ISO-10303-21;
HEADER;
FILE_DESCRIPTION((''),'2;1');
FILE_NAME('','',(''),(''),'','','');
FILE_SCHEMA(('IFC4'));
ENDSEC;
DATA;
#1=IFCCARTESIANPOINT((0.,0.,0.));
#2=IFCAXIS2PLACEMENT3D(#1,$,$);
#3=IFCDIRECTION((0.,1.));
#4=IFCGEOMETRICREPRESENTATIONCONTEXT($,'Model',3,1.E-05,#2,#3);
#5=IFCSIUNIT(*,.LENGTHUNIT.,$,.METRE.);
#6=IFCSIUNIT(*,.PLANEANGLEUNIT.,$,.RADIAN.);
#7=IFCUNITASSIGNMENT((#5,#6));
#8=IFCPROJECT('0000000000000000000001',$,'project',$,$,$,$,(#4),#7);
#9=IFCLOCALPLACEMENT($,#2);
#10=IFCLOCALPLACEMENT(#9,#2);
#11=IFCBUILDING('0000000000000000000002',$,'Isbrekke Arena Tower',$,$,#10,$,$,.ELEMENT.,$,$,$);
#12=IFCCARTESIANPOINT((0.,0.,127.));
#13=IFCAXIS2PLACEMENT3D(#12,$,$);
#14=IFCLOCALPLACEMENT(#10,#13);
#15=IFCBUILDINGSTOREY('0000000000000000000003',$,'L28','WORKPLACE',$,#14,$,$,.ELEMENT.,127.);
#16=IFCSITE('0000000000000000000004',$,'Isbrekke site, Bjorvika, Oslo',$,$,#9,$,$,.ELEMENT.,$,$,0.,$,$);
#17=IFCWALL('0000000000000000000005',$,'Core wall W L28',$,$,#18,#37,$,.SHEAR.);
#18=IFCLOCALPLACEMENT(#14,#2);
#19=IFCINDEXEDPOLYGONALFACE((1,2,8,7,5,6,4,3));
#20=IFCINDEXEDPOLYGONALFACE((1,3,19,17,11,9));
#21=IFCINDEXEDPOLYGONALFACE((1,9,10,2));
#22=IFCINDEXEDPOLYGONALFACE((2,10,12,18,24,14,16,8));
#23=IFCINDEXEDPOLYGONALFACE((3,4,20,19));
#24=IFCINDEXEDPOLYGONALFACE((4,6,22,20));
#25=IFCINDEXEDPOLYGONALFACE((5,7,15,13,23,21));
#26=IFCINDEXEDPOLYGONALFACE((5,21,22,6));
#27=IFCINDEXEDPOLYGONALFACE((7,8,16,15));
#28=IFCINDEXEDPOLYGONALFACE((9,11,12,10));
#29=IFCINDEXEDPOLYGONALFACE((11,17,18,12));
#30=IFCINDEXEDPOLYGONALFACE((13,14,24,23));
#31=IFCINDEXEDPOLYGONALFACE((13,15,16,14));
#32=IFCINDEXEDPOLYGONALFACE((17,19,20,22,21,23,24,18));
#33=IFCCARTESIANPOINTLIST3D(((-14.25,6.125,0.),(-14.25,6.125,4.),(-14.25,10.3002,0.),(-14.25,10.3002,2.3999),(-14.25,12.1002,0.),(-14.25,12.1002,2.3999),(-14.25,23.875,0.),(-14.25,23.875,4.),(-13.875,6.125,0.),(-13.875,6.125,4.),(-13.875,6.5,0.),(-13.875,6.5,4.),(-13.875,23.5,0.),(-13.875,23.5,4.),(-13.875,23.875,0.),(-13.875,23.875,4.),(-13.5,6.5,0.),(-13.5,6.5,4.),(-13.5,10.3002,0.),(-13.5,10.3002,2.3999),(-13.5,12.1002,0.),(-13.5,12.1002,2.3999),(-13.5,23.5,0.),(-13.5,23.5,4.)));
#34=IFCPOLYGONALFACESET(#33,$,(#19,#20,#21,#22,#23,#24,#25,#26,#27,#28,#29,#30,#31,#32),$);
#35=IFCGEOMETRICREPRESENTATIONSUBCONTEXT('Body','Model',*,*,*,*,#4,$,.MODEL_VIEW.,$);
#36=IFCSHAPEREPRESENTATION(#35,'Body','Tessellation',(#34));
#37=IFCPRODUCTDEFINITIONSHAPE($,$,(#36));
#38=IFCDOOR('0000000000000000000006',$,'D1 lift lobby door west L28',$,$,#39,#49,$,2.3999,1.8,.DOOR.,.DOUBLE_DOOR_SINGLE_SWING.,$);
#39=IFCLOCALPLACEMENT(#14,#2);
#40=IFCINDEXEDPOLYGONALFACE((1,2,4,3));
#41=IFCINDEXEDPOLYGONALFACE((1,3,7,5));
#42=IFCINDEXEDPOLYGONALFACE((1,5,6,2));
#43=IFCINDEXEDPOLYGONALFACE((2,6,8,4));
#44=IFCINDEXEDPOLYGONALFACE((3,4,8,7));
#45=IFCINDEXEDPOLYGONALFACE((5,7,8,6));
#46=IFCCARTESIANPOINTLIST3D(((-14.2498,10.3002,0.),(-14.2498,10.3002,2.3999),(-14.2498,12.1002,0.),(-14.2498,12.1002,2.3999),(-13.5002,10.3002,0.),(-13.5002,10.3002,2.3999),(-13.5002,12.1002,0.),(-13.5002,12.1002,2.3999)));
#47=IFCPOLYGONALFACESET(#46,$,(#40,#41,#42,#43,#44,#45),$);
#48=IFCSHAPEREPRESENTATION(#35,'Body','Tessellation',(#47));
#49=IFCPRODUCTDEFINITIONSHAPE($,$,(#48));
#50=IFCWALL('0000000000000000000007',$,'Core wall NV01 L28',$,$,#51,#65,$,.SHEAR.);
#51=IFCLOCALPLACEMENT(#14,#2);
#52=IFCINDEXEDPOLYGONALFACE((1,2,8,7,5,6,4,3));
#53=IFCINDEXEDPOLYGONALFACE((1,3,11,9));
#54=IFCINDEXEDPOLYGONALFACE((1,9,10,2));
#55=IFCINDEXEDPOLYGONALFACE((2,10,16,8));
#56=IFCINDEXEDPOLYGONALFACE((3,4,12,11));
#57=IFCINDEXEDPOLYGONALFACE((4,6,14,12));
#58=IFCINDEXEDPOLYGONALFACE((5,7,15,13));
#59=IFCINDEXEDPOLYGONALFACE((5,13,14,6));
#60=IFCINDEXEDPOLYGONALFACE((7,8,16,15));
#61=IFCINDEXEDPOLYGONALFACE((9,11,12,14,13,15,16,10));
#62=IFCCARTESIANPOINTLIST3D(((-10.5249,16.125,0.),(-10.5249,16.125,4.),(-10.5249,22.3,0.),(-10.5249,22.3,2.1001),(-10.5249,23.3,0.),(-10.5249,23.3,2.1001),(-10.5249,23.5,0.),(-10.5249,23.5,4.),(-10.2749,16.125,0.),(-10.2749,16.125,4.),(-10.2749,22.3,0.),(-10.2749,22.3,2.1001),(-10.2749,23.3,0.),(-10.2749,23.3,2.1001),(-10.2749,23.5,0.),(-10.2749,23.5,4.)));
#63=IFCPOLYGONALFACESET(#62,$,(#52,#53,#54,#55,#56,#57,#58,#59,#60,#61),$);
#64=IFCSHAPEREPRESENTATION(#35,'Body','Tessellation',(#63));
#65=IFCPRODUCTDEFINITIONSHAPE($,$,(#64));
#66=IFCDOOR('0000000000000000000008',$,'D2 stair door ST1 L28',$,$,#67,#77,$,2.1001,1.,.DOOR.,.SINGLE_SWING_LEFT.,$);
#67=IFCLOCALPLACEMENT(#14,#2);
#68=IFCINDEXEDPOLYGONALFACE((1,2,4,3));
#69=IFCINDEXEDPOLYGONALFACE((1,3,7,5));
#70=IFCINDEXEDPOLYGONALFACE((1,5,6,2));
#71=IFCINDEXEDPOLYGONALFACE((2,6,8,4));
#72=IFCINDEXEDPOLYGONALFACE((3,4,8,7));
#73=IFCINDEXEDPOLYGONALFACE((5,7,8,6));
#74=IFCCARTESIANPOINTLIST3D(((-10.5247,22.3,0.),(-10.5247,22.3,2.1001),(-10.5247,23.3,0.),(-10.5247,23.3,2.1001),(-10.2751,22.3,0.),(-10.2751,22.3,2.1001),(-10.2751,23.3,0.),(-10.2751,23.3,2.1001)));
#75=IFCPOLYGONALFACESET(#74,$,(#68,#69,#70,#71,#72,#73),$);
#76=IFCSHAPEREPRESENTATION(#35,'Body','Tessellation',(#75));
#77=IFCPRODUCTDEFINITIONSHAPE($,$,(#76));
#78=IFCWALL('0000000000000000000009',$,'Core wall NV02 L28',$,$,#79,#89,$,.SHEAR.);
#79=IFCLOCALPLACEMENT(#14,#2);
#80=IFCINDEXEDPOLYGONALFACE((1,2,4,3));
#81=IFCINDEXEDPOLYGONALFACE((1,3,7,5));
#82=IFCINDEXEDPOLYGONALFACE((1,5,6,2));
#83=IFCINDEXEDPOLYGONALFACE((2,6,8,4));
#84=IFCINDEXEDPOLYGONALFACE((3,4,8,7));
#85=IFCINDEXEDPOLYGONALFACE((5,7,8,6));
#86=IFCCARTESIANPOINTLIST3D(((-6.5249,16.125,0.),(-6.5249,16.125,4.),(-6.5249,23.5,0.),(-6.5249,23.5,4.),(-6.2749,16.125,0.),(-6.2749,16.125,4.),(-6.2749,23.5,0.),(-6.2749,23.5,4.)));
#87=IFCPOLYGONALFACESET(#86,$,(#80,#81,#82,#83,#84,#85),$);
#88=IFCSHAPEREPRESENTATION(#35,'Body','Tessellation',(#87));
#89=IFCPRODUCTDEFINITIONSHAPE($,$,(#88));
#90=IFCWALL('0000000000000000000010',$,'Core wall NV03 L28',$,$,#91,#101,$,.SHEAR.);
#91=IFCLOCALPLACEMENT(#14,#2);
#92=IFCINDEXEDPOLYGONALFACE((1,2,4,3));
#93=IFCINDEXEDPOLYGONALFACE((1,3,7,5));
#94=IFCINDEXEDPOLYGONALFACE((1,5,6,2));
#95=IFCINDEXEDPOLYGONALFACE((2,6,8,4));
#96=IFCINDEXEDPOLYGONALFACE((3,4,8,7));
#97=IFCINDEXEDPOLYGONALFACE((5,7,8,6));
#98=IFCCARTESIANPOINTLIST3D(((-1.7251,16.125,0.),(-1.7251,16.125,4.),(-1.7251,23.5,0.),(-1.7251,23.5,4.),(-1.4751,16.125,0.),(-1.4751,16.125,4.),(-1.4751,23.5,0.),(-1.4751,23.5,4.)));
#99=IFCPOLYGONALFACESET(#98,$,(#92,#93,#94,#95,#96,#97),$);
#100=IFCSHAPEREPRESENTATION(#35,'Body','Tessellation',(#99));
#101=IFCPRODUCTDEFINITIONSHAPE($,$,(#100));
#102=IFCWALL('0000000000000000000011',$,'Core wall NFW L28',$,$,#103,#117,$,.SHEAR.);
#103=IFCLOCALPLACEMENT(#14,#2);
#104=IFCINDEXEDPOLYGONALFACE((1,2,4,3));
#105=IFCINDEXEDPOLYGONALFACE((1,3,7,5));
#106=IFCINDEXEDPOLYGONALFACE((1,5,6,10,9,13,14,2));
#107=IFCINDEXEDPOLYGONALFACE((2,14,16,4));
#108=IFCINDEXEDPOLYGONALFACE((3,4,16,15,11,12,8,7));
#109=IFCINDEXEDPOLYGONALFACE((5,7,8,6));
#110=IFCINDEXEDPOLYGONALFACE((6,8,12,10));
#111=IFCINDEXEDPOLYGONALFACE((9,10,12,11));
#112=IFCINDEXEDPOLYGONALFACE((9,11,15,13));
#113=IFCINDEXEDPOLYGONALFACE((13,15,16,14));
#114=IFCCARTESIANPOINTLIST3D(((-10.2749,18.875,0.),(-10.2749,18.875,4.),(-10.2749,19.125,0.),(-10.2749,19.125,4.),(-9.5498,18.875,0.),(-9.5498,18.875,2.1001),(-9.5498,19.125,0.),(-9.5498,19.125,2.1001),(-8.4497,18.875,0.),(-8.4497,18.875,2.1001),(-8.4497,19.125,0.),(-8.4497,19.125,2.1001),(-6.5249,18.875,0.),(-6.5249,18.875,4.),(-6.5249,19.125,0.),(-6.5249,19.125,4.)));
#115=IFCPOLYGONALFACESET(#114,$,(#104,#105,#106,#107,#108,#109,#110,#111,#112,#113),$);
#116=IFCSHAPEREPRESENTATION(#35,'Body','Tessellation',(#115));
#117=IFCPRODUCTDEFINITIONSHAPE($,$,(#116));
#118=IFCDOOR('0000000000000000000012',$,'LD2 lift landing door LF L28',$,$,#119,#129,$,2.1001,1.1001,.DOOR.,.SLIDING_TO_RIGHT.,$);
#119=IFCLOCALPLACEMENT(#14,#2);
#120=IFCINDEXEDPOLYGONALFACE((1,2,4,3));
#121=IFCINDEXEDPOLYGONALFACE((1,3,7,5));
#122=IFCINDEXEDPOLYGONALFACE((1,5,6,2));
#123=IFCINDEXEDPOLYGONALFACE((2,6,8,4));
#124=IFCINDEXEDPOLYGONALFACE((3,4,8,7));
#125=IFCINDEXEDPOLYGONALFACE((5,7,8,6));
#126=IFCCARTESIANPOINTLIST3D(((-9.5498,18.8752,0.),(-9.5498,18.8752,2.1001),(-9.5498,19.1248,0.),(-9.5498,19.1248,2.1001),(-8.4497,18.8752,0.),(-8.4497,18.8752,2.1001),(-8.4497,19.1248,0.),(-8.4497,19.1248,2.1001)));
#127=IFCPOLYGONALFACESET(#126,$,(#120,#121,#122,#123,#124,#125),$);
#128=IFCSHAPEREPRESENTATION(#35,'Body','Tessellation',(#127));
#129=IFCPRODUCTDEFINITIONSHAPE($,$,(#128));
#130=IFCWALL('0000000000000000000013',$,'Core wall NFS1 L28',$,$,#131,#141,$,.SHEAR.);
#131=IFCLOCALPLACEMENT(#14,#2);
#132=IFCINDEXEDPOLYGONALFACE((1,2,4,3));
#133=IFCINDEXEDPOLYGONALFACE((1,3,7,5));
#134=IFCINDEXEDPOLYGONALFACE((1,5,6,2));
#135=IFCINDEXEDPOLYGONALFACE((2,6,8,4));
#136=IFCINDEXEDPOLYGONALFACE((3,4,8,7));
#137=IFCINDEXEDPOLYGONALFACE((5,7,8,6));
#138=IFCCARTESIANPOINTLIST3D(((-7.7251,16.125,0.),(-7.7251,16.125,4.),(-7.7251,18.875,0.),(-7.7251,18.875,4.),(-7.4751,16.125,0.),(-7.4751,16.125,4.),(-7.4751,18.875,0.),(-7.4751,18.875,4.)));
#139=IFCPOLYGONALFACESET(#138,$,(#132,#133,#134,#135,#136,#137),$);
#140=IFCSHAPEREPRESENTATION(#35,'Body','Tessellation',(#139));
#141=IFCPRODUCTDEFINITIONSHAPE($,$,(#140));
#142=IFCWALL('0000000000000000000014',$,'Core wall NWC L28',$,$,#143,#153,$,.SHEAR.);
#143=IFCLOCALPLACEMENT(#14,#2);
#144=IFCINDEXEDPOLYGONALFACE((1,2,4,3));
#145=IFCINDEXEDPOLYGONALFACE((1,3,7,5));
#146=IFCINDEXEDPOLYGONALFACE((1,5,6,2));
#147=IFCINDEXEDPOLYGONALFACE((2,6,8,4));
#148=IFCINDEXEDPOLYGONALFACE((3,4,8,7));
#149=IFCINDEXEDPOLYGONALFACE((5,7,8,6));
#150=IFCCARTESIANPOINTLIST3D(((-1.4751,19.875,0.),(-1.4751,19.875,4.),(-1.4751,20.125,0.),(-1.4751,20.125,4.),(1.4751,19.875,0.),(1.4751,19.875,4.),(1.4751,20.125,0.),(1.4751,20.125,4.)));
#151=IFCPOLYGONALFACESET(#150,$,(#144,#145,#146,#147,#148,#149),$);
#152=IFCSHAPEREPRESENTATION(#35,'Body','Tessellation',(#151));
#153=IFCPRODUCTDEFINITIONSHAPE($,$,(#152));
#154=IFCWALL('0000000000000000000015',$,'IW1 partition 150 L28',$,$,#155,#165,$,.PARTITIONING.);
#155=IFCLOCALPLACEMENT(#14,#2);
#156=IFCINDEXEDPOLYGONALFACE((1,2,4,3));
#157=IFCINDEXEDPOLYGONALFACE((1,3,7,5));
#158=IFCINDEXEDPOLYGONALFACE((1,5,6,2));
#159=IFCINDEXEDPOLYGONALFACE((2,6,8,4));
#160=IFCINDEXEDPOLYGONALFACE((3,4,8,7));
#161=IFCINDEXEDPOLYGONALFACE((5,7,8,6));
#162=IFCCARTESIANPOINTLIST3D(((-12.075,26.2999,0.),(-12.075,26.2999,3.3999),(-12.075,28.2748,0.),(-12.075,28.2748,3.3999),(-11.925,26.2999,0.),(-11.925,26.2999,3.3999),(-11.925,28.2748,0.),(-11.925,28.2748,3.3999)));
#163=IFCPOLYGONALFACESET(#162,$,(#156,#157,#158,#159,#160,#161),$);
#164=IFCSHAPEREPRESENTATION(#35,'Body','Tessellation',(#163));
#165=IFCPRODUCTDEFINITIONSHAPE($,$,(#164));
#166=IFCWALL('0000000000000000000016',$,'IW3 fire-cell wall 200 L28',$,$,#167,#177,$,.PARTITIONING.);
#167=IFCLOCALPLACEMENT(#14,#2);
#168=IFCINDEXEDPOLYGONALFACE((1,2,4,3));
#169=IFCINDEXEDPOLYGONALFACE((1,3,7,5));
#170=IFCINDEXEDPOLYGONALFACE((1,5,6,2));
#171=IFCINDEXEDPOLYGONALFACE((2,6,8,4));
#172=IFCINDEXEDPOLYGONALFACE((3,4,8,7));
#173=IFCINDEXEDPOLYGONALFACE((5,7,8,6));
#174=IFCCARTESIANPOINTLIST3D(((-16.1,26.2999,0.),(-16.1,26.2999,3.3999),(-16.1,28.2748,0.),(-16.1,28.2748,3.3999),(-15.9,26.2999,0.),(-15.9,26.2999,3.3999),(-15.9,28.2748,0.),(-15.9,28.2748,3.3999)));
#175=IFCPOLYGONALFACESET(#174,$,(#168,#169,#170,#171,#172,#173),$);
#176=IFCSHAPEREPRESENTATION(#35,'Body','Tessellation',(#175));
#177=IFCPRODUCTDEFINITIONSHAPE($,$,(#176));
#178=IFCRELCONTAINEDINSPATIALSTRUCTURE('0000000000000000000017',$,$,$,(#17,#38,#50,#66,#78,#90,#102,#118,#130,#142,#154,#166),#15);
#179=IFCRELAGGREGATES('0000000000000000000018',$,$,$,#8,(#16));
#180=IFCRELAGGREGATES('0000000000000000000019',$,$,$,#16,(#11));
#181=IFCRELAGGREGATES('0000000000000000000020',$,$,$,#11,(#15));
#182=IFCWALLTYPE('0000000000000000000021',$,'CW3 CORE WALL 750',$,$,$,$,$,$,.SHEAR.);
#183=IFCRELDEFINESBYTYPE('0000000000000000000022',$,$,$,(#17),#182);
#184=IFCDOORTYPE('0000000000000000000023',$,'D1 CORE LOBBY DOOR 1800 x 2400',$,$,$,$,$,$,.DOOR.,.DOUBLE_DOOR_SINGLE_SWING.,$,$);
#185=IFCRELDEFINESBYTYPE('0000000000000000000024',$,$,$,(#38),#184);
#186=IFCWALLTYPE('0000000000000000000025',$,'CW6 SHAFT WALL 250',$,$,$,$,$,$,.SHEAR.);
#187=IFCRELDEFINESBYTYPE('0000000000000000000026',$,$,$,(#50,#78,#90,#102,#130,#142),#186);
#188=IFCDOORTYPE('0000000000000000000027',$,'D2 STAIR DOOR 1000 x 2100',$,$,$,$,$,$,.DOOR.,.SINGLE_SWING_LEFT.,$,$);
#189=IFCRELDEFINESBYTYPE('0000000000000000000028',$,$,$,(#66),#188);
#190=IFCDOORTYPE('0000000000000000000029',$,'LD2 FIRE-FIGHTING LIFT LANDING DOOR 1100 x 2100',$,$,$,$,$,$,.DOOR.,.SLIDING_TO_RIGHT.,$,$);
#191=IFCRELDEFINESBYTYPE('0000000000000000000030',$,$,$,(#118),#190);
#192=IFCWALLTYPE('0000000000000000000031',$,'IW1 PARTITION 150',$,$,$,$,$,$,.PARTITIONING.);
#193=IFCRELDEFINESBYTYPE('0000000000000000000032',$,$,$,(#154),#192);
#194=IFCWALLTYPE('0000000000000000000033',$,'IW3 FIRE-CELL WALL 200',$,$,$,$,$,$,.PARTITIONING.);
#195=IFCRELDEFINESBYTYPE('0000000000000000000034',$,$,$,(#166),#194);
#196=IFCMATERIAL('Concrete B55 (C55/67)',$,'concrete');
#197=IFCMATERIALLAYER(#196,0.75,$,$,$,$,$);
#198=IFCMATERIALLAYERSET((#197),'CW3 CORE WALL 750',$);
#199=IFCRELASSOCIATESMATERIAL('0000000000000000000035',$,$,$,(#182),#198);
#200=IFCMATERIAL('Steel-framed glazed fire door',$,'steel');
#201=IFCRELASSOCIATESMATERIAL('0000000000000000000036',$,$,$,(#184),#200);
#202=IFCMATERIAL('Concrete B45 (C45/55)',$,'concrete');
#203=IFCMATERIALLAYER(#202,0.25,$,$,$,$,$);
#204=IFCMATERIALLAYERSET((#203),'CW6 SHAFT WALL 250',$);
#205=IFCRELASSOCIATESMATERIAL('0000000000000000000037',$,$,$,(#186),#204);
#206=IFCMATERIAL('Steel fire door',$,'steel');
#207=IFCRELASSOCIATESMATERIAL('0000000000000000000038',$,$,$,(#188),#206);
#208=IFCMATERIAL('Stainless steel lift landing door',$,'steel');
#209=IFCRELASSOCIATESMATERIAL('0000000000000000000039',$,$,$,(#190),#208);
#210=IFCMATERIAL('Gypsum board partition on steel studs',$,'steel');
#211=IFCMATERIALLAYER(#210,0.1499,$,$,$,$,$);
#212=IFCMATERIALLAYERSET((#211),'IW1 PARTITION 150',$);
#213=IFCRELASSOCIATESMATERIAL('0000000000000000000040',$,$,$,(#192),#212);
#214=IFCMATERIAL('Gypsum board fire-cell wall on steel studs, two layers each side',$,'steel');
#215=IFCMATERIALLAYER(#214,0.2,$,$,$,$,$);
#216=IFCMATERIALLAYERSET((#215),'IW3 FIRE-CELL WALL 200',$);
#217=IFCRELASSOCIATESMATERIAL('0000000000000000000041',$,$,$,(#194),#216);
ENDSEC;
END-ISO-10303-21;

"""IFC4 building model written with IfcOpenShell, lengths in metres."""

from ifc_helpers import new_model, si_unit, direction, frame, frame_2d, origin, place, context, subcontext, project, spatial, polyline, rectangle, outline, extrude, material, layer, layer_set, type_object, element, fill, save


model = new_model("IFC4")

# Units and contexts
model_context = context("Model", 3, precision=1e-05, world=origin(), true_north=direction((0.0, 1.0)))
body_context = subcontext(model_context, "Body", "Model", "MODEL_VIEW")
ifc_project = project(units=[si_unit("LENGTHUNIT", "METRE"), si_unit("PLANEANGLEUNIT", "RADIAN")], contexts=[model_context])

# Site, building, storey
site_placement = place(None, origin())
site = spatial("IfcSite", under=ifc_project, at=site_placement, Name="Isbrekke site, Bjorvika, Oslo", CompositionType="ELEMENT", RefElevation=0.0)
building_placement = place(site_placement, origin())
building = spatial("IfcBuilding", under=site, at=building_placement, Name="Isbrekke Arena Tower", CompositionType="ELEMENT")
storey_placement = place(building_placement, frame((0.0, 0.0, 127.0)))
storey = spatial("IfcBuildingStorey", under=building, at=storey_placement, Name="L28", Description="WORKPLACE", CompositionType="ELEMENT", Elevation=127.0)

# Walls, openings, doors
ifc_material_1 = material(Name="Concrete B55 (C55/67)", Category="concrete")
ifc_layer_1 = layer(ifc_material_1, 0.75)
ifc_layer_set_1 = layer_set([ifc_layer_1], Name="CW3 CORE WALL 750")
wall_type_1 = type_object("IfcWallType", Name="CW3 CORE WALL 750", PredefinedType="SHEAR", material=ifc_layer_set_1)
wall_1_placement = place(storey_placement, frame((-13.875, 23.875, 0.0), z_axis=(0.0, 0.0, 1.0), x_axis=(0.0, -1.0, 0.0)))
wall_1 = element("IfcWall", 1, at=wall_1_placement, inside=storey, type_object=wall_type_1, Name="Core wall W L28", PredefinedType="SHEAR", context=body_context, shape_type="SweptSolid", body=[
    extrude(outline(polyline([(0.0, -0.375), (17.75, -0.375), (17.75, 0.0), (17.375, 0.0), (17.375, 0.375), (0.375, 0.375), (0.375, 0.0), (0.0, 0.0), (0.0, -0.375)])), origin(), (0.0, 0.0, 1.0), 4.0),
])
opening_1_placement = place(wall_1_placement, frame((11.7749, 0.0, 0.0)))
opening_1 = element("IfcOpeningElement", 2, at=opening_1_placement, cuts=wall_1, PredefinedType="OPENING", context=body_context, shape_type="SweptSolid", body=[
    extrude(rectangle(XDim=1.8, YDim=2.3999, at=frame_2d((0.8999, 1.2))), frame((0.0, 0.3899, 0.0), z_axis=(0.0, -1.0, 0.0), x_axis=(1.0, 0.0, 0.0)), (0.0, 0.0, 1.0), 0.7798),
])
ifc_material_2 = material(Name="Steel-framed glazed fire door", Category="steel")
door_type_1 = type_object("IfcDoorType", Name="D1 CORE LOBBY DOOR 1800 x 2400", OperationType="DOUBLE_DOOR_SINGLE_SWING", PredefinedType="DOOR", material=ifc_material_2)
door_1_placement = place(opening_1_placement, origin())
door_1 = element("IfcDoor", 3, at=door_1_placement, inside=storey, type_object=door_type_1, Name="D1 lift lobby door west L28", OperationType="DOUBLE_DOOR_SINGLE_SWING", OverallHeight=2.3999, OverallWidth=1.8, PredefinedType="DOOR", context=body_context, shape_type="SweptSolid", body=[
    extrude(rectangle(XDim=1.8, YDim=2.3999, at=frame_2d((0.8999, 1.2))), frame((0.0, 0.3748, 0.0), z_axis=(0.0, -1.0, 0.0), x_axis=(1.0, 0.0, 0.0)), (0.0, 0.0, 1.0), 0.7495),
])
fill(opening_1, door_1)
ifc_material_3 = material(Name="Concrete B45 (C45/55)", Category="concrete")
ifc_layer_2 = layer(ifc_material_3, 0.25)
ifc_layer_set_2 = layer_set([ifc_layer_2], Name="CW6 SHAFT WALL 250")
wall_type_2 = type_object("IfcWallType", Name="CW6 SHAFT WALL 250", PredefinedType="SHEAR", material=ifc_layer_set_2)
wall_2_placement = place(storey_placement, frame((-10.3999, 16.125, 0.0), z_axis=(0.0, 0.0, 1.0), x_axis=(0.0, 1.0, 0.0)))
wall_2 = element("IfcWall", 4, at=wall_2_placement, inside=storey, type_object=wall_type_2, Name="Core wall NV01 L28", PredefinedType="SHEAR", context=body_context, shape_type="SweptSolid", body=[
    extrude(rectangle(XDim=7.375, YDim=0.25, at=frame_2d((3.6875, 0.0))), origin(), (0.0, 0.0, 1.0), 4.0),
])
opening_2_placement = place(wall_2_placement, frame((6.175, 0.0, 0.0)))
opening_2 = element("IfcOpeningElement", 5, at=opening_2_placement, cuts=wall_2, PredefinedType="OPENING", context=body_context, shape_type="SweptSolid", body=[
    extrude(rectangle(XDim=1.0, YDim=2.1001, at=frame_2d((0.5, 1.05))), frame((0.0, 0.1399, 0.0), z_axis=(0.0, -1.0, 0.0), x_axis=(1.0, 0.0, 0.0)), (0.0, 0.0, 1.0), 0.2798),
])
ifc_material_4 = material(Name="Steel fire door", Category="steel")
door_type_2 = type_object("IfcDoorType", Name="D2 STAIR DOOR 1000 x 2100", OperationType="SINGLE_SWING_LEFT", PredefinedType="DOOR", material=ifc_material_4)
door_2_placement = place(opening_2_placement, origin())
door_2 = element("IfcDoor", 6, at=door_2_placement, inside=storey, type_object=door_type_2, Name="D2 stair door ST1 L28", OperationType="SINGLE_SWING_LEFT", OverallHeight=2.1001, OverallWidth=1.0, PredefinedType="DOOR", context=body_context, shape_type="SweptSolid", body=[
    extrude(rectangle(XDim=1.0, YDim=2.1001, at=frame_2d((0.5, 1.05))), frame((0.0, 0.1248, 0.0), z_axis=(0.0, -1.0, 0.0), x_axis=(1.0, 0.0, 0.0)), (0.0, 0.0, 1.0), 0.2495),
])
fill(opening_2, door_2)

# Walls
for number, where, z_axis, x_axis, name in (
    (7, (-6.3999, 16.125, 0.0), (0.0, 0.0, 1.0), (0.0, 1.0, 0.0), "Core wall NV02 L28"),
    (8, (-1.6001, 16.125, 0.0), (0.0, 0.0, 1.0), (0.0, 1.0, 0.0), "Core wall NV03 L28"),
):
    element("IfcWall", number, at=place(storey_placement, frame(where, z_axis=z_axis, x_axis=x_axis)), inside=storey, type_object=wall_type_2, Name=name, PredefinedType="SHEAR", context=body_context, shape_type="SweptSolid", body=[
        extrude(rectangle(XDim=7.375, YDim=0.25, at=frame_2d((3.6875, 0.0))), origin(), (0.0, 0.0, 1.0), 4.0),
    ])

# Wall, opening, door
wall_3_placement = place(storey_placement, frame((-10.2749, 19.0, 0.0), z_axis=(0.0, 0.0, 1.0), x_axis=(1.0, 0.0, 0.0)))
wall_3 = element("IfcWall", 9, at=wall_3_placement, inside=storey, type_object=wall_type_2, Name="Core wall NFW L28", PredefinedType="SHEAR", context=body_context, shape_type="SweptSolid", body=[
    extrude(rectangle(XDim=3.75, YDim=0.25, at=frame_2d((1.875, 0.0))), origin(), (0.0, 0.0, 1.0), 4.0),
])
opening_3_placement = place(wall_3_placement, frame((0.7251, 0.0, 0.0)))
opening_3 = element("IfcOpeningElement", 10, at=opening_3_placement, cuts=wall_3, PredefinedType="OPENING", context=body_context, shape_type="SweptSolid", body=[
    extrude(rectangle(XDim=1.1001, YDim=2.1001, at=frame_2d((0.55, 1.05))), frame((0.0, 0.1399, 0.0), z_axis=(0.0, -1.0, 0.0), x_axis=(1.0, 0.0, 0.0)), (0.0, 0.0, 1.0), 0.2798),
])
ifc_material_5 = material(Name="Stainless steel lift landing door", Category="steel")
door_type_3 = type_object("IfcDoorType", Name="LD2 FIRE-FIGHTING LIFT LANDING DOOR 1100 x 2100", OperationType="SLIDING_TO_RIGHT", PredefinedType="DOOR", material=ifc_material_5)
door_3_placement = place(opening_3_placement, origin())
door_3 = element("IfcDoor", 11, at=door_3_placement, inside=storey, type_object=door_type_3, Name="LD2 lift landing door LF L28", OperationType="SLIDING_TO_RIGHT", OverallHeight=2.1001, OverallWidth=1.1001, PredefinedType="DOOR", context=body_context, shape_type="SweptSolid", body=[
    extrude(rectangle(XDim=1.1001, YDim=2.1001, at=frame_2d((0.55, 1.05))), frame((0.0, 0.1248, 0.0), z_axis=(0.0, -1.0, 0.0), x_axis=(1.0, 0.0, 0.0)), (0.0, 0.0, 1.0), 0.2495),
])
fill(opening_3, door_3)

# Walls
wall_4_placement = place(storey_placement, frame((-7.6001, 16.125, 0.0), z_axis=(0.0, 0.0, 1.0), x_axis=(0.0, 1.0, 0.0)))
element("IfcWall", 12, at=wall_4_placement, inside=storey, type_object=wall_type_2, Name="Core wall NFS1 L28", PredefinedType="SHEAR", context=body_context, shape_type="SweptSolid", body=[
    extrude(rectangle(XDim=2.75, YDim=0.25, at=frame_2d((1.375, 0.0))), origin(), (0.0, 0.0, 1.0), 4.0),
])
wall_5_placement = place(storey_placement, frame((-1.4751, 20.0, 0.0), z_axis=(0.0, 0.0, 1.0), x_axis=(1.0, 0.0, 0.0)))
element("IfcWall", 13, at=wall_5_placement, inside=storey, type_object=wall_type_2, Name="Core wall NWC L28", PredefinedType="SHEAR", context=body_context, shape_type="SweptSolid", body=[
    extrude(rectangle(XDim=2.9502, YDim=0.25, at=frame_2d((1.4751, 0.0))), origin(), (0.0, 0.0, 1.0), 4.0),
])
ifc_material_6 = material(Name="Gypsum board partition on steel studs", Category="steel")
ifc_layer_3 = layer(ifc_material_6, 0.1499)
ifc_layer_set_3 = layer_set([ifc_layer_3], Name="IW1 PARTITION 150")
wall_type_3 = type_object("IfcWallType", Name="IW1 PARTITION 150", PredefinedType="PARTITIONING", material=ifc_layer_set_3)
wall_6_placement = place(storey_placement, frame((-12.0, 26.3, 0.0), z_axis=(0.0, 0.0, 1.0), x_axis=(0.0, 1.0, 0.0)))
element("IfcWall", 14, at=wall_6_placement, inside=storey, type_object=wall_type_3, Name="IW1 partition 150 L28", PredefinedType="PARTITIONING", context=body_context, shape_type="SweptSolid", body=[
    extrude(rectangle(XDim=1.9749, YDim=0.1499, at=frame_2d((0.9873, 0.0))), origin(), (0.0, 0.0, 1.0), 3.3999),
])
ifc_material_7 = material(Name="Gypsum board fire-cell wall on steel studs, two layers each side", Category="steel")
ifc_layer_4 = layer(ifc_material_7, 0.2)
ifc_layer_set_4 = layer_set([ifc_layer_4], Name="IW3 FIRE-CELL WALL 200")
wall_type_4 = type_object("IfcWallType", Name="IW3 FIRE-CELL WALL 200", PredefinedType="PARTITIONING", material=ifc_layer_set_4)
wall_7_placement = place(storey_placement, frame((-16.0, 26.3, 0.0), z_axis=(0.0, 0.0, 1.0), x_axis=(0.0, 1.0, 0.0)))
element("IfcWall", 15, at=wall_7_placement, inside=storey, type_object=wall_type_4, Name="IW3 fire-cell wall 200 L28", PredefinedType="PARTITIONING", context=body_context, shape_type="SweptSolid", body=[
    extrude(rectangle(XDim=1.9749, YDim=0.2, at=frame_2d((0.9873, 0.0))), origin(), (0.0, 0.0, 1.0), 3.3999),
])

save(model, "model.ifc")
